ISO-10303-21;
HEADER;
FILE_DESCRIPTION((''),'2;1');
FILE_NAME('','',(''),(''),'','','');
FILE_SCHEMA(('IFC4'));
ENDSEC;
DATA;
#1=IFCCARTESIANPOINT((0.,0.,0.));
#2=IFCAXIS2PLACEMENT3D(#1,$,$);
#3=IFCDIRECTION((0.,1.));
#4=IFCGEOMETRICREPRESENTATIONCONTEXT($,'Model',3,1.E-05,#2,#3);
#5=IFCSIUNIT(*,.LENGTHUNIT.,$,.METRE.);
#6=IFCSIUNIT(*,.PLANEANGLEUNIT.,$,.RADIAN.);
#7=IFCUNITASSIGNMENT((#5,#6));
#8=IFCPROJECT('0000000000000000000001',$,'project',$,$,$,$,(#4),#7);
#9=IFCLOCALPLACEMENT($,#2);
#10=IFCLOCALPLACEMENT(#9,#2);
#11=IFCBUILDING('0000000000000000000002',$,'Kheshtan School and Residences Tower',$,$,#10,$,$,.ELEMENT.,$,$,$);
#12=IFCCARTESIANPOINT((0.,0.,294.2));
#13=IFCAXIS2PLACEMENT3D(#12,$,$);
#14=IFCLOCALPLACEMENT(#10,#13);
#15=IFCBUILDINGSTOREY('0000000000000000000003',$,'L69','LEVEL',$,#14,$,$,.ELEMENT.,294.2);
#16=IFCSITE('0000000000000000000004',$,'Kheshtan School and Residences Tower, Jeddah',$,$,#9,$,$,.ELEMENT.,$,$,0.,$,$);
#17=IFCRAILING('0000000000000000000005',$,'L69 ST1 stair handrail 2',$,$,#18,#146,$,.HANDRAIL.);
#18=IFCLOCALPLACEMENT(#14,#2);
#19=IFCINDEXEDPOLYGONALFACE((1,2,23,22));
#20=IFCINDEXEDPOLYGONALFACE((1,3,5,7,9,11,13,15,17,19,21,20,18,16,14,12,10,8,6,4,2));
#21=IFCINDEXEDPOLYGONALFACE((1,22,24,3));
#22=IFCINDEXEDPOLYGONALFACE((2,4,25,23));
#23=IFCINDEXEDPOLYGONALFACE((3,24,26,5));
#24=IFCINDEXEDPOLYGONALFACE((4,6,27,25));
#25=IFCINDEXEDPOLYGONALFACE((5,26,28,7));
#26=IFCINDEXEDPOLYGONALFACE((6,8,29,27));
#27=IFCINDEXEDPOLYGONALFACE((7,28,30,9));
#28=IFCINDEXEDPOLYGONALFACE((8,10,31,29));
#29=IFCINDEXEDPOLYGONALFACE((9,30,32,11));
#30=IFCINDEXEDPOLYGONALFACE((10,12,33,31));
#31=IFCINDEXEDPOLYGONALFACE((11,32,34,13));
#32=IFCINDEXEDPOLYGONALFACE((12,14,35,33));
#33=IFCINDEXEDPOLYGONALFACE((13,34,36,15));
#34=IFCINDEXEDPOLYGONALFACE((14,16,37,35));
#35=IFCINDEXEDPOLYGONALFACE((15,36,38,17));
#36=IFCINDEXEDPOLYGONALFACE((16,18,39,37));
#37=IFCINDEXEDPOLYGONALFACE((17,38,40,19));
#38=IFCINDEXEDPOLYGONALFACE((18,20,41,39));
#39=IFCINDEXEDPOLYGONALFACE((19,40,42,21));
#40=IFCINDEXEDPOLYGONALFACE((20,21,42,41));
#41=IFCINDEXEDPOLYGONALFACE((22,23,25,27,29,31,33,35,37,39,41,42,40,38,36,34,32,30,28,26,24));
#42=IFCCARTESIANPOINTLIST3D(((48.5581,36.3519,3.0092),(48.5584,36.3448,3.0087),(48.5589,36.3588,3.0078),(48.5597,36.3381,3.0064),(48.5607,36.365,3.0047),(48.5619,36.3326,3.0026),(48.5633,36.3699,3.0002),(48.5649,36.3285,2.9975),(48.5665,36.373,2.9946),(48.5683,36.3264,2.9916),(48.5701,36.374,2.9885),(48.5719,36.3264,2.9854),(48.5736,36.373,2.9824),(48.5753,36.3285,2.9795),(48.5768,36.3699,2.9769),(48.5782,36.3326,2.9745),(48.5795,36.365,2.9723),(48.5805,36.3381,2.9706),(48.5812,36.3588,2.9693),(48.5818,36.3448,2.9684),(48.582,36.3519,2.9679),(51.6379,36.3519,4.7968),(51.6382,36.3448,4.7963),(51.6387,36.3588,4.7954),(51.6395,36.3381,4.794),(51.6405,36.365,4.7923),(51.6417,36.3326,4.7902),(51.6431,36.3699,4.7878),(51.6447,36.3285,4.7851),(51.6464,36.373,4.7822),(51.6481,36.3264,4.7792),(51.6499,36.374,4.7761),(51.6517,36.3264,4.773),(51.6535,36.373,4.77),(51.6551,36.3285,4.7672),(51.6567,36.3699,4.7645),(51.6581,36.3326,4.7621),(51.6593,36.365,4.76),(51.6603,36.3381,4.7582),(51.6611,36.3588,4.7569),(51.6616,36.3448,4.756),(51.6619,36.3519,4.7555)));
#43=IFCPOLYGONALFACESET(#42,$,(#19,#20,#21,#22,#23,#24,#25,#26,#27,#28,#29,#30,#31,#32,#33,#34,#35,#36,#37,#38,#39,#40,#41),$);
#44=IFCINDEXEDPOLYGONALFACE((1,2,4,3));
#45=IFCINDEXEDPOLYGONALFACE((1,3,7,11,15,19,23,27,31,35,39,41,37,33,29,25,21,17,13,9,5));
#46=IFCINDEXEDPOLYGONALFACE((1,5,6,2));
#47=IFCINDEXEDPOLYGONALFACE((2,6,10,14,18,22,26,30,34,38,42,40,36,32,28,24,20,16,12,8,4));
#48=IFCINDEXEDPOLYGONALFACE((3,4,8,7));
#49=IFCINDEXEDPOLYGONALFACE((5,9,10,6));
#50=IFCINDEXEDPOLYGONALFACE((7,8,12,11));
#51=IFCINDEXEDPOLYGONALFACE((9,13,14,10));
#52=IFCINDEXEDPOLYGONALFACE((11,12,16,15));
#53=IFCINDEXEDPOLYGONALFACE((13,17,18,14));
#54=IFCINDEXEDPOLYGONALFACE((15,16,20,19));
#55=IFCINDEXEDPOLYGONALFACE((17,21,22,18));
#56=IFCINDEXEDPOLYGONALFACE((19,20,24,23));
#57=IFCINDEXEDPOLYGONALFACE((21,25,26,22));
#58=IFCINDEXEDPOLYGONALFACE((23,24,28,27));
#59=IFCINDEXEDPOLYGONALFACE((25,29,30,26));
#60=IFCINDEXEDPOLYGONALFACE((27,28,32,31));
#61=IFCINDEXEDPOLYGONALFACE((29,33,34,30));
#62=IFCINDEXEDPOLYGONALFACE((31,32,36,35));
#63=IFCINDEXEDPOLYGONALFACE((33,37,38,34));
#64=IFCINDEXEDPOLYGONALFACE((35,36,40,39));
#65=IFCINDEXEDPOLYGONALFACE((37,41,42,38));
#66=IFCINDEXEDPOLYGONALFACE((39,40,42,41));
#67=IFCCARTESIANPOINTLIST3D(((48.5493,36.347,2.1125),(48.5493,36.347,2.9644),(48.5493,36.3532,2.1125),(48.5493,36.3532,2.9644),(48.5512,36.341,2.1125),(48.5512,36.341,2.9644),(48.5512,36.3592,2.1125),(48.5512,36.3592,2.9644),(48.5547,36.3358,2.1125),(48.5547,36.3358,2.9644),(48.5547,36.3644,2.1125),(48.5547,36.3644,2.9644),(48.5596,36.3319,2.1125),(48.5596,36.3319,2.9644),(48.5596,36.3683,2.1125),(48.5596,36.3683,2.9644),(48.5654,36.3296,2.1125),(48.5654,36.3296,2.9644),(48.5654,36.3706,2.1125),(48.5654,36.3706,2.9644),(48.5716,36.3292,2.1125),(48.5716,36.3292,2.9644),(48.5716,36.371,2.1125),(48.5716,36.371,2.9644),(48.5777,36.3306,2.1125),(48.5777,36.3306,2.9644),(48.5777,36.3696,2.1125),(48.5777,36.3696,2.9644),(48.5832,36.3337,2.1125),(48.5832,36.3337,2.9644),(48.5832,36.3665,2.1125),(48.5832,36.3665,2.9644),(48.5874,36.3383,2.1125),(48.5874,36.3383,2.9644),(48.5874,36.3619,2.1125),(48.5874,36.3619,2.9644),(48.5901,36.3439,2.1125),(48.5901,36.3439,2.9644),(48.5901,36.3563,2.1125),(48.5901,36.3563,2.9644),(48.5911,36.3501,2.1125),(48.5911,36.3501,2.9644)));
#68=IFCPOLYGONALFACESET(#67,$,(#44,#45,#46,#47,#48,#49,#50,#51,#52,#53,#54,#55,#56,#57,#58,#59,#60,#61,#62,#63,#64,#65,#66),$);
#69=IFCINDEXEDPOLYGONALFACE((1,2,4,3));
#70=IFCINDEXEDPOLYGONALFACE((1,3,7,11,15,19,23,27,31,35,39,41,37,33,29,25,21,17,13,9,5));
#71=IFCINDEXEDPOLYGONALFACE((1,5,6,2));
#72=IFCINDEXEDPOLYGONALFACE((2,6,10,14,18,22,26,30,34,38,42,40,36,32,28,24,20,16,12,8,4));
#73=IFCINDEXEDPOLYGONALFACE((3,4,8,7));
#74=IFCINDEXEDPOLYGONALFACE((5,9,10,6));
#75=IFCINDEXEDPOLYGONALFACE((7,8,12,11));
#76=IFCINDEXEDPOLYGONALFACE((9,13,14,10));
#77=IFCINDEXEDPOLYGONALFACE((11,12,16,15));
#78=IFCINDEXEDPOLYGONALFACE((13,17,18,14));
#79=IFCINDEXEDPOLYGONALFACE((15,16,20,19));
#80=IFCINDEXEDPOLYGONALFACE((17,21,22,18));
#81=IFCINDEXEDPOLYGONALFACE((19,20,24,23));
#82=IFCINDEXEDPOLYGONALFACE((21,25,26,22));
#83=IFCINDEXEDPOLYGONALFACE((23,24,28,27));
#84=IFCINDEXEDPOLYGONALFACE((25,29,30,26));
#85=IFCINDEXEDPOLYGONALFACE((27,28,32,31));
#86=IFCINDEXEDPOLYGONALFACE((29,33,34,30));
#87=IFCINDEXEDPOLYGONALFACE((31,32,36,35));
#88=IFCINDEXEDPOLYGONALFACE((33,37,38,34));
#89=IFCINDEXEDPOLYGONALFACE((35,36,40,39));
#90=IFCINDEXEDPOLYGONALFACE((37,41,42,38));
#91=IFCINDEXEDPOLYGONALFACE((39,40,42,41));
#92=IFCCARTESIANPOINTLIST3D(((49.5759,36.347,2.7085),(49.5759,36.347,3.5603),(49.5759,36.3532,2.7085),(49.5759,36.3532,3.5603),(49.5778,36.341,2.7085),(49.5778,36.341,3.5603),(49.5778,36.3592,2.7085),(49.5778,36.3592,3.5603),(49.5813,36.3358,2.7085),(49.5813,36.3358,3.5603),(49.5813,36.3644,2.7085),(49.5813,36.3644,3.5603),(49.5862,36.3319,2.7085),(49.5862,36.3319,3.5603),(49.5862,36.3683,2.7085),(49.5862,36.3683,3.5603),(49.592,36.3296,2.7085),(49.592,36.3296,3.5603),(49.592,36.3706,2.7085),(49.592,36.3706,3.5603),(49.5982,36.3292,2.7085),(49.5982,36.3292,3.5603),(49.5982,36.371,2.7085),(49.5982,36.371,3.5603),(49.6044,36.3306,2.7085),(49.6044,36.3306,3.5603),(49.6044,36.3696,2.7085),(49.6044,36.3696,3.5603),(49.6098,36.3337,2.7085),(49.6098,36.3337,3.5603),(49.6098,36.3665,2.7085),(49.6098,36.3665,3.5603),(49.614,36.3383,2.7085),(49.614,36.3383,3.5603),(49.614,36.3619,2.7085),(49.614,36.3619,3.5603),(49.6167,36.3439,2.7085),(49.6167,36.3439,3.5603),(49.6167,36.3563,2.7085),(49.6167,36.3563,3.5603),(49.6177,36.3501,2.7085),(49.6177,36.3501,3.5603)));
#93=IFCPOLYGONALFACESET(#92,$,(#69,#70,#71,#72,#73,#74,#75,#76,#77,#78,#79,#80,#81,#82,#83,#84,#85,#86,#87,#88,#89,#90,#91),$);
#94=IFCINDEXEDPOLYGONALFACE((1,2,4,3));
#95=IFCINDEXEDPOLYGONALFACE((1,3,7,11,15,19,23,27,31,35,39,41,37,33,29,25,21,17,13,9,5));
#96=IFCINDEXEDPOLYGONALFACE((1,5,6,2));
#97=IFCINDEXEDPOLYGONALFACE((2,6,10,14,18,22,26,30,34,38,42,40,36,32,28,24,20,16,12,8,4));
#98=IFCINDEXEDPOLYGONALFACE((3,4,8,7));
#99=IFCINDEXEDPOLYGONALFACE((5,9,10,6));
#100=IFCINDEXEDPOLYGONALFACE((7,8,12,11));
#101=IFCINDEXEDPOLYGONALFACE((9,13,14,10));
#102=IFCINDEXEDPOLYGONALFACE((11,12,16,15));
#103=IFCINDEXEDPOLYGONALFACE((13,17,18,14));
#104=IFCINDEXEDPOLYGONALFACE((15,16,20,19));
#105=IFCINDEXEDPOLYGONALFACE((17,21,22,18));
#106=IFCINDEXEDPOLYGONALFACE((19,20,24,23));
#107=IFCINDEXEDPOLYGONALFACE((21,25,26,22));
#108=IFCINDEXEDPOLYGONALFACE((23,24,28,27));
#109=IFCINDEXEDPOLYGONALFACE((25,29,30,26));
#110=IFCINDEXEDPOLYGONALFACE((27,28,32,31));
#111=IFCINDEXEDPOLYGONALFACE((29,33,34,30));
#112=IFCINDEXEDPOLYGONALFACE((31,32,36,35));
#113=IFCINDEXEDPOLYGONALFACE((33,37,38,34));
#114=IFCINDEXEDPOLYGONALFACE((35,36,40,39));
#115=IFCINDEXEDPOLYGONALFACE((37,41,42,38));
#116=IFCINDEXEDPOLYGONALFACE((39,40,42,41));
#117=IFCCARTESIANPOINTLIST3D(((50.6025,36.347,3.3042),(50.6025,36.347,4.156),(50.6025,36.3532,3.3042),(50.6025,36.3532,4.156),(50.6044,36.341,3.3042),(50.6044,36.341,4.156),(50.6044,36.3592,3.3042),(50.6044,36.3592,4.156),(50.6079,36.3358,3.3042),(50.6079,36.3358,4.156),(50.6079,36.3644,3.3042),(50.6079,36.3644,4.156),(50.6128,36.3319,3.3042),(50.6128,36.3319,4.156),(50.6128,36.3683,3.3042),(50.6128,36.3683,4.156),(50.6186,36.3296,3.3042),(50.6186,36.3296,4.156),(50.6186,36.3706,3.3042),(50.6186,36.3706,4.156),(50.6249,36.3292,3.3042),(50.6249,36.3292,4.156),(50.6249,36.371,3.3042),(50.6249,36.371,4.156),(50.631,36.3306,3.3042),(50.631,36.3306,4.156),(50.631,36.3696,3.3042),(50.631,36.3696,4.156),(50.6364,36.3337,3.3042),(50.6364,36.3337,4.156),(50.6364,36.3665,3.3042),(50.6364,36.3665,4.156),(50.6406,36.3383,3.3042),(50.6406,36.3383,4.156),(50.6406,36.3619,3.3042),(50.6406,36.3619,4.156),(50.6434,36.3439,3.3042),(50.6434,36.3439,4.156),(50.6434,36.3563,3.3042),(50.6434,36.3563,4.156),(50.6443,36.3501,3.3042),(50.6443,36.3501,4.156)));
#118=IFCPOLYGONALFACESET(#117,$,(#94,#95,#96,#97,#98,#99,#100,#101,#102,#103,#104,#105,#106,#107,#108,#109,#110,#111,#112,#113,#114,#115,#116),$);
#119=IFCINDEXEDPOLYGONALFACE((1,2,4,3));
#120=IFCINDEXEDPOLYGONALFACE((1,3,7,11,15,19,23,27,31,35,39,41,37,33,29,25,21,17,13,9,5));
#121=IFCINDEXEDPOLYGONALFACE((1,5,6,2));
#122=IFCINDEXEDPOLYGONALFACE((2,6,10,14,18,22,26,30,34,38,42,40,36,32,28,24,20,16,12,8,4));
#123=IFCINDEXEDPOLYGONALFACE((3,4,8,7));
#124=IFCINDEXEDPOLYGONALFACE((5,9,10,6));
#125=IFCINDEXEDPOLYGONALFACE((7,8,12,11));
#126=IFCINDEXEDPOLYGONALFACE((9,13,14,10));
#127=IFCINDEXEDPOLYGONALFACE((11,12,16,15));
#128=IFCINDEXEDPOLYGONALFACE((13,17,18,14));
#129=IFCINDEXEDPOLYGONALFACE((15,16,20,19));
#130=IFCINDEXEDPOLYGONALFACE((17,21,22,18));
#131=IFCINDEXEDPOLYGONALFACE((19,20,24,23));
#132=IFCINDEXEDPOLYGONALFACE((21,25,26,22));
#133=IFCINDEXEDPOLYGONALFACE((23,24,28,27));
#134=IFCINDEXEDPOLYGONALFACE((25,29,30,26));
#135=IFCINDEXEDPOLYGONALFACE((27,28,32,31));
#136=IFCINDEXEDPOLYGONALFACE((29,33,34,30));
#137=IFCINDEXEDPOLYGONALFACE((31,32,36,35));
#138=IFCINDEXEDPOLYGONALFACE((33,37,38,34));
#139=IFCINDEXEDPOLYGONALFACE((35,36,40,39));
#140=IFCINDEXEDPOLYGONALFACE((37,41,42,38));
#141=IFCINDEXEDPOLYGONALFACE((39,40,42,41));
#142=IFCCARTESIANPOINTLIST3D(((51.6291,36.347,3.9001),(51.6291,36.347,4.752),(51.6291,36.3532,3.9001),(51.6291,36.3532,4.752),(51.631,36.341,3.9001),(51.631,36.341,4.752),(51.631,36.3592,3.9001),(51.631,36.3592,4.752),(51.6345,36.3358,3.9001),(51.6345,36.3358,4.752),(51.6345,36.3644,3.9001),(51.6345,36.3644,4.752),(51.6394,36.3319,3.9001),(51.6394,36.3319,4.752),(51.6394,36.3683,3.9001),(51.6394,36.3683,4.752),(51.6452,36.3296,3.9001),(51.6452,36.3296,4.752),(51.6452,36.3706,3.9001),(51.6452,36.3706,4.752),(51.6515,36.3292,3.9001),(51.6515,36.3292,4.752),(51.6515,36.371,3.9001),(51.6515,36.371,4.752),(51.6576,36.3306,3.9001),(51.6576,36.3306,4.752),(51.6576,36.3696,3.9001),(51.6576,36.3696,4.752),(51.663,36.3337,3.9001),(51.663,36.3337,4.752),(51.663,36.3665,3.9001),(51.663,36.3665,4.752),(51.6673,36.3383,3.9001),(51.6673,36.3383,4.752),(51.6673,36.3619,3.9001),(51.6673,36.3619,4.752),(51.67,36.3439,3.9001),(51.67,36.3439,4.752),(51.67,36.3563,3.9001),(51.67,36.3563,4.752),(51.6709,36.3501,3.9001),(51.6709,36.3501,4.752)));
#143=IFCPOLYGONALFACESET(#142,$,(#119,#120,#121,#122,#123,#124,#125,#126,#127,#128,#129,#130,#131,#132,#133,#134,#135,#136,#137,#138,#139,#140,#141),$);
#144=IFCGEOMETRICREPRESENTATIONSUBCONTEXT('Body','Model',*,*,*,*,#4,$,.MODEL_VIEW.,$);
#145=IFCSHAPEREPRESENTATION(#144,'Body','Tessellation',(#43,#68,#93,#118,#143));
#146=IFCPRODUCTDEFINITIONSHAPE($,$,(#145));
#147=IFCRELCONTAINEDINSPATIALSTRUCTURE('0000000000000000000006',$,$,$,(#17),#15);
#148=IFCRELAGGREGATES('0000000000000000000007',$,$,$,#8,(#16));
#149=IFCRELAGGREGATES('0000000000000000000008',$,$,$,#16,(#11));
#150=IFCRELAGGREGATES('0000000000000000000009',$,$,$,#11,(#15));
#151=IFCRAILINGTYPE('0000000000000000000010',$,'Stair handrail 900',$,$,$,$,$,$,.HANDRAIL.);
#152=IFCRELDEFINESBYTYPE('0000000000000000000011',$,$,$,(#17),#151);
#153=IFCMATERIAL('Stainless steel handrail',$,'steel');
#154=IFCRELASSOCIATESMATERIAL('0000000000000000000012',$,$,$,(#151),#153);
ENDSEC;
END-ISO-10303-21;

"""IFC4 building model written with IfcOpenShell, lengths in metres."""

from ifc_helpers import new_model, si_unit, direction, frame, origin, origin_2d, place, context, subcontext, project, spatial, circle, extrude, material, type_object, element, save


model = new_model("IFC4")

# Units and contexts
model_context = context("Model", 3, precision=1e-05, world=origin(), true_north=direction((0.0, 1.0)))
body_context = subcontext(model_context, "Body", "Model", "MODEL_VIEW")
ifc_project = project(units=[si_unit("LENGTHUNIT", "METRE"), si_unit("PLANEANGLEUNIT", "RADIAN")], contexts=[model_context])

# Site, building, storey
site_placement = place(None, origin())
site = spatial("IfcSite", under=ifc_project, at=site_placement, Name="Kheshtan School and Residences Tower, Jeddah", CompositionType="ELEMENT", RefElevation=0.0)
building_placement = place(site_placement, origin())
building = spatial("IfcBuilding", under=site, at=building_placement, Name="Kheshtan School and Residences Tower", CompositionType="ELEMENT")
storey_placement = place(building_placement, frame((0.0, 0.0, 294.2)))
storey = spatial("IfcBuildingStorey", under=building, at=storey_placement, Name="L69", Description="LEVEL", CompositionType="ELEMENT", Elevation=294.2)

# Railing
ifc_material_1 = material(Name="Stainless steel handrail", Category="steel")
railing_type = type_object("IfcRailingType", Name="Stair handrail 900", PredefinedType="HANDRAIL", material=ifc_material_1)
railing_placement = place(storey_placement, frame((48.5701, 36.3501, 2.1125)))
element("IfcRailing", 1, at=railing_placement, inside=storey, type_object=railing_type, Name="L69 ST1 stair handrail 2", PredefinedType="HANDRAIL", context=body_context, shape_type="SweptSolid", body=[
    extrude(circle(Radius=0.0239, at=origin_2d()), frame((0.0, 0.0, 0.876), z_axis=(0.864873, 0.0, 0.50199), x_axis=(0.0, 1.0, 0.0)), (0.0, 0.0, 1.0), 3.561),
    extrude(circle(Radius=0.021, at=origin_2d()), origin(), (0.0, 0.0, 1.0), 0.8518),
    extrude(circle(Radius=0.021, at=origin_2d()), frame((1.0266, 0.0, 0.5959)), (0.0, 0.0, 1.0), 0.8518),
    extrude(circle(Radius=0.021, at=origin_2d()), frame((2.0532, 0.0, 1.1917)), (0.0, 0.0, 1.0), 0.8518),
    extrude(circle(Radius=0.021, at=origin_2d()), frame((3.0798, 0.0, 1.7876)), (0.0, 0.0, 1.0), 0.8518),
])

save(model, "model.ifc")
